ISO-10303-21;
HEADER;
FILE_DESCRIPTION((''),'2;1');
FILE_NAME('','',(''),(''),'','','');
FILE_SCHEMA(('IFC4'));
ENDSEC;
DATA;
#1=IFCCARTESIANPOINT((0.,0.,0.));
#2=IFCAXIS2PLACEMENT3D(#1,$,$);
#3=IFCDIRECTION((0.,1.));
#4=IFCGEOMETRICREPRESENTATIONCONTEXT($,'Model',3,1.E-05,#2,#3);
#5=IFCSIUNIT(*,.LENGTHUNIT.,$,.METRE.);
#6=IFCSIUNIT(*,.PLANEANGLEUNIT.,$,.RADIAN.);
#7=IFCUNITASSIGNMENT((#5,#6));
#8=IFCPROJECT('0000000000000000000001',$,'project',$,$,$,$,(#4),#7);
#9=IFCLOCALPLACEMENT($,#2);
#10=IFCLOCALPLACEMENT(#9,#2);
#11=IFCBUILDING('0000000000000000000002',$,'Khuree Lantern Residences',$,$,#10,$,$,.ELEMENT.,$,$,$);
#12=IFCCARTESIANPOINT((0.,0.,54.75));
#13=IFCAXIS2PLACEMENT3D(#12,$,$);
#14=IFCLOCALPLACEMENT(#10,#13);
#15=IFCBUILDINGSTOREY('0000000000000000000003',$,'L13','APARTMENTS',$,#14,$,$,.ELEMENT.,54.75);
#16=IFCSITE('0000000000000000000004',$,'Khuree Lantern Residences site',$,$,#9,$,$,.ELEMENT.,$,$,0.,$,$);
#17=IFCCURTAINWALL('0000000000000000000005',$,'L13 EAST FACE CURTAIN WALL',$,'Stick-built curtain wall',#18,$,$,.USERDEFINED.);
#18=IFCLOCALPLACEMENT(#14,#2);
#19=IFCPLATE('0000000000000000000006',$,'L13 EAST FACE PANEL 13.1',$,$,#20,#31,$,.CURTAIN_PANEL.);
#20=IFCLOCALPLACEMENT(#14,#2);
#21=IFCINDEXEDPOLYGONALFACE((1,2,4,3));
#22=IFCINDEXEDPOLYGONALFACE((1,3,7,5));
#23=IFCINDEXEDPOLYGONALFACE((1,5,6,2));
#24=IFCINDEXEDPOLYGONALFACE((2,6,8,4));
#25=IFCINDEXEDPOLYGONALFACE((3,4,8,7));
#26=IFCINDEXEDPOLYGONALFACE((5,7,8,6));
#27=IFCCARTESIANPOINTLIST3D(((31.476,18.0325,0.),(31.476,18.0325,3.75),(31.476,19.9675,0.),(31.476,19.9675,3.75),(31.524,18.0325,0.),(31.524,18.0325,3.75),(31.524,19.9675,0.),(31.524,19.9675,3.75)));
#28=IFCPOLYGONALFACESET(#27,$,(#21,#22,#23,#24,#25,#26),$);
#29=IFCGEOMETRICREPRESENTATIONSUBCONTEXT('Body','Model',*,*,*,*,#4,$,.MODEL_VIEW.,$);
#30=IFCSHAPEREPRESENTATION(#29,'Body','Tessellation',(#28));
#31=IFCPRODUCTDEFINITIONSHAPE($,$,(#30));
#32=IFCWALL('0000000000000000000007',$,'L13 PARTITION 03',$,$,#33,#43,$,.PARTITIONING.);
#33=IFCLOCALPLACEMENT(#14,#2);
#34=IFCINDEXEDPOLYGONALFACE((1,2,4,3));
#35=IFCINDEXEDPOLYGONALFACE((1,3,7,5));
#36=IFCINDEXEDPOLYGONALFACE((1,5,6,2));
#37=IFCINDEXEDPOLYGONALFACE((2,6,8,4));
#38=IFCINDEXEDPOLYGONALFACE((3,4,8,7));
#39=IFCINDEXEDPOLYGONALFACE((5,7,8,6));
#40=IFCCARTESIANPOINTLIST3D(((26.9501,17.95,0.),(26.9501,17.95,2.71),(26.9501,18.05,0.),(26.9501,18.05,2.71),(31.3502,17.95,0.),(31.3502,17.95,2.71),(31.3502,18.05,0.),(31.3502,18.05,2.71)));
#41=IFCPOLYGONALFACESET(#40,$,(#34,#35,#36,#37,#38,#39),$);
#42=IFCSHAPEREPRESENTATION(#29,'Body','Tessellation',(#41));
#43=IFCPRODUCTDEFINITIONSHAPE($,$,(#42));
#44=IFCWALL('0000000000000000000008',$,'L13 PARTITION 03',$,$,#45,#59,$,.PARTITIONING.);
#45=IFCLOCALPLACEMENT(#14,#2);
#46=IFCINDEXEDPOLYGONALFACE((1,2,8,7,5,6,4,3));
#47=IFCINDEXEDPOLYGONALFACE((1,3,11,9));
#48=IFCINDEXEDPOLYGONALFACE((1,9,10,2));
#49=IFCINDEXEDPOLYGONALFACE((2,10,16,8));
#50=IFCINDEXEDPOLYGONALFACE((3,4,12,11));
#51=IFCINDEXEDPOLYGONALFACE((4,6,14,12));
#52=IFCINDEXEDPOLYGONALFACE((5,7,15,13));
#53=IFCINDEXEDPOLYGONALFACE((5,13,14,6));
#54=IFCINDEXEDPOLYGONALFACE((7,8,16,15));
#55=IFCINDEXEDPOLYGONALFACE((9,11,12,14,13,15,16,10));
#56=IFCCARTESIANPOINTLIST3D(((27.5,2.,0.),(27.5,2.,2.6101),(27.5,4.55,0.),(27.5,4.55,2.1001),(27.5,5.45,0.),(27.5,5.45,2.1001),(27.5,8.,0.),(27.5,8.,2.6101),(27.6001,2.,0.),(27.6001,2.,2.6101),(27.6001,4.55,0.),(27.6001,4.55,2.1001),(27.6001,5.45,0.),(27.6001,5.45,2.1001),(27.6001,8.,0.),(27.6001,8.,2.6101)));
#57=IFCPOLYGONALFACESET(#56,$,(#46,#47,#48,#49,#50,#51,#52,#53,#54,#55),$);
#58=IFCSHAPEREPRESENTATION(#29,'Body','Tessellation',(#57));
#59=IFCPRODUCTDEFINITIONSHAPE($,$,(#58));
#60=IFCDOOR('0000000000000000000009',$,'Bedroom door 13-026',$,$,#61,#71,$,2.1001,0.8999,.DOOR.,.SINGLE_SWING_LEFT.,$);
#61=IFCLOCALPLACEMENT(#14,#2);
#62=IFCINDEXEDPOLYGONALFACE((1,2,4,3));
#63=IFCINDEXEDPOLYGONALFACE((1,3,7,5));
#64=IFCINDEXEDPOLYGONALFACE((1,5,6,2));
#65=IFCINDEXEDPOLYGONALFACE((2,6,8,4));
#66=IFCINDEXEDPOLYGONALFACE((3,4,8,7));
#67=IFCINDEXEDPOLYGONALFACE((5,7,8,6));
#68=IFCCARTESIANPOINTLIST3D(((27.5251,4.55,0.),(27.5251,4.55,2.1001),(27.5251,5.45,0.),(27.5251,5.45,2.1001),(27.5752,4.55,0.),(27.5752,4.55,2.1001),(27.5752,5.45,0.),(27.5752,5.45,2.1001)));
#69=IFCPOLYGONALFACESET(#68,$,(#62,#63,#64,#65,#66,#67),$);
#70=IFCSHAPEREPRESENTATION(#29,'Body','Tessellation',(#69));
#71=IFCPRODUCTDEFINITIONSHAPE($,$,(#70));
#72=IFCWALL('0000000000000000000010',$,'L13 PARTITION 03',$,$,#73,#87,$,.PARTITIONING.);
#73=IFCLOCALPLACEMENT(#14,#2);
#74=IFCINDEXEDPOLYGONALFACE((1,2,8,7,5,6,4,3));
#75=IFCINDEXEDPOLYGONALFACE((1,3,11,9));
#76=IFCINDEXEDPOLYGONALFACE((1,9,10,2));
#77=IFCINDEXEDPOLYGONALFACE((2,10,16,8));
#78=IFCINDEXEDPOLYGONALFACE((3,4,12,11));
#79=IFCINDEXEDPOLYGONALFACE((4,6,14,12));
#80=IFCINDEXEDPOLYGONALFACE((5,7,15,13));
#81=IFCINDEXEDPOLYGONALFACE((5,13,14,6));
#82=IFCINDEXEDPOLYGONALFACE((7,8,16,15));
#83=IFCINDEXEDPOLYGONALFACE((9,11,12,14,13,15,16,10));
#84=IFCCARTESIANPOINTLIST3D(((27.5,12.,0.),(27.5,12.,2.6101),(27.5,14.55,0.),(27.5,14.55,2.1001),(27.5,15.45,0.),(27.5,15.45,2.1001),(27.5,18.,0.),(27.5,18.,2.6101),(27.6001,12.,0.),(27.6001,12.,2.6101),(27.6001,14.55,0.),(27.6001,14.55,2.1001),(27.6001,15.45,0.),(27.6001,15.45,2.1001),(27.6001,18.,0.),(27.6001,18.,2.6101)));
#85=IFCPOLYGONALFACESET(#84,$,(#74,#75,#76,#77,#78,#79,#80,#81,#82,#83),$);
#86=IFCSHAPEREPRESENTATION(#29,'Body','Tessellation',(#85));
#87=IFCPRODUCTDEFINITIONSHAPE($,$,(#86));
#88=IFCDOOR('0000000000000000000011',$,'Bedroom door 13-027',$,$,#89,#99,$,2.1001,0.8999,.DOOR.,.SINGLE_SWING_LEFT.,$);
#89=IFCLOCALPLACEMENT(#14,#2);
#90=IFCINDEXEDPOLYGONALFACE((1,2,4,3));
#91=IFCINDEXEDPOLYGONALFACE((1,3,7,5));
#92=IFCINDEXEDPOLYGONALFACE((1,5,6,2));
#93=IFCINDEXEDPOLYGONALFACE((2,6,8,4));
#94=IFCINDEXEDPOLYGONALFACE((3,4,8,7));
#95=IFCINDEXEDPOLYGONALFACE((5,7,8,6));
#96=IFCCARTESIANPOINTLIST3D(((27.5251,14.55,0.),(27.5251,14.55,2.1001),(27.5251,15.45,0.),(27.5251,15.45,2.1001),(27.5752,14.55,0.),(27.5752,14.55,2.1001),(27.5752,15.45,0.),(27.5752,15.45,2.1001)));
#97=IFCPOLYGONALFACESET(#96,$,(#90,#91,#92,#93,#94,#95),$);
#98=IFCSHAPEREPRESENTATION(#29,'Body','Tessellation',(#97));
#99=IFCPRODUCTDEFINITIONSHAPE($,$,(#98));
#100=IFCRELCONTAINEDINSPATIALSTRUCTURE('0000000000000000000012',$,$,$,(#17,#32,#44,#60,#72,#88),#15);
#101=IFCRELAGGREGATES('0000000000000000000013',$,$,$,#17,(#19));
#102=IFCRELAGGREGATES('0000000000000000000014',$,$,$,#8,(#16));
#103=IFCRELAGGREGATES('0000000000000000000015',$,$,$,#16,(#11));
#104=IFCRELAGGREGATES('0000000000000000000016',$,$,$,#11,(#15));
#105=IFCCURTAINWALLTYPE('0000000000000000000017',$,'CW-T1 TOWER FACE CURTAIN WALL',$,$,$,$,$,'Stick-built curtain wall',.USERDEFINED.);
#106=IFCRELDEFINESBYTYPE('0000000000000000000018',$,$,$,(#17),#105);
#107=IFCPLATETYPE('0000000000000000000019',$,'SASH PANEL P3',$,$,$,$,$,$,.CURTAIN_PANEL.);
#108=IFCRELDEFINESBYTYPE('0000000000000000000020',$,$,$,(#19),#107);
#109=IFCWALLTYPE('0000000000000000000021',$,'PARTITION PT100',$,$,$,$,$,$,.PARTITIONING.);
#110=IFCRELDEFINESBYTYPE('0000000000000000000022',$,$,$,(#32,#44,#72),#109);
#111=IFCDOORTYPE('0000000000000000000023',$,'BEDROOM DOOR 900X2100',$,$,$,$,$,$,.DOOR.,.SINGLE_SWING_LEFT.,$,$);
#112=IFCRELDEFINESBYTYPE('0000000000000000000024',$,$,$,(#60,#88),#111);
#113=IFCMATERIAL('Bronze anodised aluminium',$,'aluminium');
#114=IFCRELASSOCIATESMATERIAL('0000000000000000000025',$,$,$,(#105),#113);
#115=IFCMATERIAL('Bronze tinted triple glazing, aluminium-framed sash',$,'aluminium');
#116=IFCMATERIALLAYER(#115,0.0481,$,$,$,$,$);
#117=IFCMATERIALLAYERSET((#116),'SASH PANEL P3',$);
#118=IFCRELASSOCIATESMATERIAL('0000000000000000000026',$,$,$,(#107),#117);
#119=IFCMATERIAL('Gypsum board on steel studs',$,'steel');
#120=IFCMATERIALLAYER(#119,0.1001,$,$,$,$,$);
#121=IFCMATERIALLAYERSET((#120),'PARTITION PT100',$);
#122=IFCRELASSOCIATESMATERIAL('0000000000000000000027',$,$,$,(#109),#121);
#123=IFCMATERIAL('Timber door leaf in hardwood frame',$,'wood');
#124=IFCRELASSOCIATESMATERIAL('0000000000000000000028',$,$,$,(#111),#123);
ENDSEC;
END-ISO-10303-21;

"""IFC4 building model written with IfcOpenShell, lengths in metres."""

from ifc_helpers import new_model, si_unit, direction, frame, frame_2d, origin, origin_2d, place, context, subcontext, project, spatial, rectangle, extrude, material, layer, layer_set, type_object, element, fill, aggregate, save


model = new_model("IFC4")

# Units and contexts
model_context = context("Model", 3, precision=1e-05, world=origin(), true_north=direction((0.0, 1.0)))
body_context = subcontext(model_context, "Body", "Model", "MODEL_VIEW")
ifc_project = project(units=[si_unit("LENGTHUNIT", "METRE"), si_unit("PLANEANGLEUNIT", "RADIAN")], contexts=[model_context])

# Site, building, storey
site_placement = place(None, origin())
site = spatial("IfcSite", under=ifc_project, at=site_placement, Name="Khuree Lantern Residences site", CompositionType="ELEMENT", RefElevation=0.0)
building_placement = place(site_placement, origin())
building = spatial("IfcBuilding", under=site, at=building_placement, Name="Khuree Lantern Residences", CompositionType="ELEMENT")
storey_placement = place(building_placement, frame((0.0, 0.0, 54.75)))
storey = spatial("IfcBuildingStorey", under=building, at=storey_placement, Name="L13", Description="APARTMENTS", CompositionType="ELEMENT", Elevation=54.75)

# Curtain wall
ifc_material_1 = material(Name="Bronze anodised aluminium", Category="aluminium")
curtain_wall_type = type_object("IfcCurtainWallType", Name="CW-T1 TOWER FACE CURTAIN WALL", ElementType="Stick-built curtain wall", PredefinedType="USERDEFINED", material=ifc_material_1)
curtain_wall_placement = place(storey_placement, origin())
curtain_wall = element("IfcCurtainWall", 1, at=curtain_wall_placement, inside=storey, type_object=curtain_wall_type, Name="L13 EAST FACE CURTAIN WALL", ObjectType="Stick-built curtain wall", PredefinedType="USERDEFINED")

# Plate
ifc_material_2 = material(Name="Bronze tinted triple glazing, aluminium-framed sash", Category="aluminium")
ifc_layer_1 = layer(ifc_material_2, 0.0481)
ifc_layer_set_1 = layer_set([ifc_layer_1], Name="SASH PANEL P3")
plate_type_1 = type_object("IfcPlateType", Name="SASH PANEL P3", PredefinedType="CURTAIN_PANEL", material=ifc_layer_set_1)
plate_1_placement = place(storey_placement, frame((31.5, 19.0, 0.0), z_axis=(0.0, 0.0, 1.0), x_axis=(0.0, 1.0, 0.0)))
plate_1 = element("IfcPlate", 2, at=plate_1_placement, type_object=plate_type_1, Name="L13 EAST FACE PANEL 13.1", PredefinedType="CURTAIN_PANEL", context=body_context, shape_type="SweptSolid", body=[
    extrude(rectangle(XDim=1.9351, YDim=0.0481, at=origin_2d()), origin(), (0.0, 0.0, 1.0), 3.75),
])
aggregate(curtain_wall, [plate_1])

# Wall
ifc_material_3 = material(Name="Gypsum board on steel studs", Category="steel")
ifc_layer_2 = layer(ifc_material_3, 0.1001)
ifc_layer_set_2 = layer_set([ifc_layer_2], Name="PARTITION PT100")
wall_type = type_object("IfcWallType", Name="PARTITION PT100", PredefinedType="PARTITIONING", material=ifc_layer_set_2)
wall_1_placement = place(storey_placement, frame((26.95, 18.0, 0.0), z_axis=(0.0, 0.0, 1.0), x_axis=(1.0, 0.0, 0.0)))
element("IfcWall", 3, at=wall_1_placement, inside=storey, type_object=wall_type, Name="L13 PARTITION 03", PredefinedType="PARTITIONING", context=body_context, shape_type="SweptSolid", body=[
    extrude(rectangle(XDim=4.4001, YDim=0.1001, at=frame_2d((2.2002, 0.0))), origin(), (0.0, 0.0, 1.0), 2.71),
])

# Walls, openings, doors
wall_2_placement = place(storey_placement, frame((27.55, 2.0, 0.0), z_axis=(0.0, 0.0, 1.0), x_axis=(0.0, 1.0, 0.0)))
wall_2 = element("IfcWall", 4, at=wall_2_placement, inside=storey, type_object=wall_type, Name="L13 PARTITION 03", PredefinedType="PARTITIONING", context=body_context, shape_type="SweptSolid", body=[
    extrude(rectangle(XDim=6.0, YDim=0.1001, at=frame_2d((3.0, 0.0))), origin(), (0.0, 0.0, 1.0), 2.6101),
])
opening_1_placement = place(wall_2_placement, frame((2.55, 0.0, 0.0)))
opening_1 = element("IfcOpeningElement", 5, at=opening_1_placement, cuts=wall_2, PredefinedType="OPENING", context=body_context, shape_type="SweptSolid", body=[
    extrude(rectangle(XDim=0.8999, YDim=2.1001, at=frame_2d((0.45, 1.05))), frame((0.0, 0.0601, 0.0), z_axis=(0.0, -1.0, 0.0), x_axis=(1.0, 0.0, 0.0)), (0.0, 0.0, 1.0), 0.1201),
])
ifc_material_4 = material(Name="Timber door leaf in hardwood frame", Category="wood")
door_type = type_object("IfcDoorType", Name="BEDROOM DOOR 900X2100", OperationType="SINGLE_SWING_LEFT", PredefinedType="DOOR", material=ifc_material_4)
door_1_placement = place(opening_1_placement, origin())
door_1 = element("IfcDoor", 6, at=door_1_placement, inside=storey, type_object=door_type, Name="Bedroom door 13-026", OperationType="SINGLE_SWING_LEFT", OverallHeight=2.1001, OverallWidth=0.8999, PredefinedType="DOOR", context=body_context, shape_type="SweptSolid", body=[
    extrude(rectangle(XDim=0.8999, YDim=2.1001, at=frame_2d((0.45, 1.05))), frame((0.0, 0.0249, 0.0), z_axis=(0.0, -1.0, 0.0), x_axis=(1.0, 0.0, 0.0)), (0.0, 0.0, 1.0), 0.05),
])
fill(opening_1, door_1)
wall_3_placement = place(storey_placement, frame((27.55, 12.0, 0.0), z_axis=(0.0, 0.0, 1.0), x_axis=(0.0, 1.0, 0.0)))
wall_3 = element("IfcWall", 7, at=wall_3_placement, inside=storey, type_object=wall_type, Name="L13 PARTITION 03", PredefinedType="PARTITIONING", context=body_context, shape_type="SweptSolid", body=[
    extrude(rectangle(XDim=6.0, YDim=0.1001, at=frame_2d((3.0, 0.0))), origin(), (0.0, 0.0, 1.0), 2.6101),
])
opening_2_placement = place(wall_3_placement, frame((2.55, 0.0, 0.0)))
opening_2 = element("IfcOpeningElement", 8, at=opening_2_placement, cuts=wall_3, PredefinedType="OPENING", context=body_context, shape_type="SweptSolid", body=[
    extrude(rectangle(XDim=0.8999, YDim=2.1001, at=frame_2d((0.45, 1.05))), frame((0.0, 0.0601, 0.0), z_axis=(0.0, -1.0, 0.0), x_axis=(1.0, 0.0, 0.0)), (0.0, 0.0, 1.0), 0.1201),
])
door_2_placement = place(opening_2_placement, origin())
door_2 = element("IfcDoor", 9, at=door_2_placement, inside=storey, type_object=door_type, Name="Bedroom door 13-027", OperationType="SINGLE_SWING_LEFT", OverallHeight=2.1001, OverallWidth=0.8999, PredefinedType="DOOR", context=body_context, shape_type="SweptSolid", body=[
    extrude(rectangle(XDim=0.8999, YDim=2.1001, at=frame_2d((0.45, 1.05))), frame((0.0, 0.0249, 0.0), z_axis=(0.0, -1.0, 0.0), x_axis=(1.0, 0.0, 0.0)), (0.0, 0.0, 1.0), 0.05),
])
fill(opening_2, door_2)

save(model, "model.ifc")
